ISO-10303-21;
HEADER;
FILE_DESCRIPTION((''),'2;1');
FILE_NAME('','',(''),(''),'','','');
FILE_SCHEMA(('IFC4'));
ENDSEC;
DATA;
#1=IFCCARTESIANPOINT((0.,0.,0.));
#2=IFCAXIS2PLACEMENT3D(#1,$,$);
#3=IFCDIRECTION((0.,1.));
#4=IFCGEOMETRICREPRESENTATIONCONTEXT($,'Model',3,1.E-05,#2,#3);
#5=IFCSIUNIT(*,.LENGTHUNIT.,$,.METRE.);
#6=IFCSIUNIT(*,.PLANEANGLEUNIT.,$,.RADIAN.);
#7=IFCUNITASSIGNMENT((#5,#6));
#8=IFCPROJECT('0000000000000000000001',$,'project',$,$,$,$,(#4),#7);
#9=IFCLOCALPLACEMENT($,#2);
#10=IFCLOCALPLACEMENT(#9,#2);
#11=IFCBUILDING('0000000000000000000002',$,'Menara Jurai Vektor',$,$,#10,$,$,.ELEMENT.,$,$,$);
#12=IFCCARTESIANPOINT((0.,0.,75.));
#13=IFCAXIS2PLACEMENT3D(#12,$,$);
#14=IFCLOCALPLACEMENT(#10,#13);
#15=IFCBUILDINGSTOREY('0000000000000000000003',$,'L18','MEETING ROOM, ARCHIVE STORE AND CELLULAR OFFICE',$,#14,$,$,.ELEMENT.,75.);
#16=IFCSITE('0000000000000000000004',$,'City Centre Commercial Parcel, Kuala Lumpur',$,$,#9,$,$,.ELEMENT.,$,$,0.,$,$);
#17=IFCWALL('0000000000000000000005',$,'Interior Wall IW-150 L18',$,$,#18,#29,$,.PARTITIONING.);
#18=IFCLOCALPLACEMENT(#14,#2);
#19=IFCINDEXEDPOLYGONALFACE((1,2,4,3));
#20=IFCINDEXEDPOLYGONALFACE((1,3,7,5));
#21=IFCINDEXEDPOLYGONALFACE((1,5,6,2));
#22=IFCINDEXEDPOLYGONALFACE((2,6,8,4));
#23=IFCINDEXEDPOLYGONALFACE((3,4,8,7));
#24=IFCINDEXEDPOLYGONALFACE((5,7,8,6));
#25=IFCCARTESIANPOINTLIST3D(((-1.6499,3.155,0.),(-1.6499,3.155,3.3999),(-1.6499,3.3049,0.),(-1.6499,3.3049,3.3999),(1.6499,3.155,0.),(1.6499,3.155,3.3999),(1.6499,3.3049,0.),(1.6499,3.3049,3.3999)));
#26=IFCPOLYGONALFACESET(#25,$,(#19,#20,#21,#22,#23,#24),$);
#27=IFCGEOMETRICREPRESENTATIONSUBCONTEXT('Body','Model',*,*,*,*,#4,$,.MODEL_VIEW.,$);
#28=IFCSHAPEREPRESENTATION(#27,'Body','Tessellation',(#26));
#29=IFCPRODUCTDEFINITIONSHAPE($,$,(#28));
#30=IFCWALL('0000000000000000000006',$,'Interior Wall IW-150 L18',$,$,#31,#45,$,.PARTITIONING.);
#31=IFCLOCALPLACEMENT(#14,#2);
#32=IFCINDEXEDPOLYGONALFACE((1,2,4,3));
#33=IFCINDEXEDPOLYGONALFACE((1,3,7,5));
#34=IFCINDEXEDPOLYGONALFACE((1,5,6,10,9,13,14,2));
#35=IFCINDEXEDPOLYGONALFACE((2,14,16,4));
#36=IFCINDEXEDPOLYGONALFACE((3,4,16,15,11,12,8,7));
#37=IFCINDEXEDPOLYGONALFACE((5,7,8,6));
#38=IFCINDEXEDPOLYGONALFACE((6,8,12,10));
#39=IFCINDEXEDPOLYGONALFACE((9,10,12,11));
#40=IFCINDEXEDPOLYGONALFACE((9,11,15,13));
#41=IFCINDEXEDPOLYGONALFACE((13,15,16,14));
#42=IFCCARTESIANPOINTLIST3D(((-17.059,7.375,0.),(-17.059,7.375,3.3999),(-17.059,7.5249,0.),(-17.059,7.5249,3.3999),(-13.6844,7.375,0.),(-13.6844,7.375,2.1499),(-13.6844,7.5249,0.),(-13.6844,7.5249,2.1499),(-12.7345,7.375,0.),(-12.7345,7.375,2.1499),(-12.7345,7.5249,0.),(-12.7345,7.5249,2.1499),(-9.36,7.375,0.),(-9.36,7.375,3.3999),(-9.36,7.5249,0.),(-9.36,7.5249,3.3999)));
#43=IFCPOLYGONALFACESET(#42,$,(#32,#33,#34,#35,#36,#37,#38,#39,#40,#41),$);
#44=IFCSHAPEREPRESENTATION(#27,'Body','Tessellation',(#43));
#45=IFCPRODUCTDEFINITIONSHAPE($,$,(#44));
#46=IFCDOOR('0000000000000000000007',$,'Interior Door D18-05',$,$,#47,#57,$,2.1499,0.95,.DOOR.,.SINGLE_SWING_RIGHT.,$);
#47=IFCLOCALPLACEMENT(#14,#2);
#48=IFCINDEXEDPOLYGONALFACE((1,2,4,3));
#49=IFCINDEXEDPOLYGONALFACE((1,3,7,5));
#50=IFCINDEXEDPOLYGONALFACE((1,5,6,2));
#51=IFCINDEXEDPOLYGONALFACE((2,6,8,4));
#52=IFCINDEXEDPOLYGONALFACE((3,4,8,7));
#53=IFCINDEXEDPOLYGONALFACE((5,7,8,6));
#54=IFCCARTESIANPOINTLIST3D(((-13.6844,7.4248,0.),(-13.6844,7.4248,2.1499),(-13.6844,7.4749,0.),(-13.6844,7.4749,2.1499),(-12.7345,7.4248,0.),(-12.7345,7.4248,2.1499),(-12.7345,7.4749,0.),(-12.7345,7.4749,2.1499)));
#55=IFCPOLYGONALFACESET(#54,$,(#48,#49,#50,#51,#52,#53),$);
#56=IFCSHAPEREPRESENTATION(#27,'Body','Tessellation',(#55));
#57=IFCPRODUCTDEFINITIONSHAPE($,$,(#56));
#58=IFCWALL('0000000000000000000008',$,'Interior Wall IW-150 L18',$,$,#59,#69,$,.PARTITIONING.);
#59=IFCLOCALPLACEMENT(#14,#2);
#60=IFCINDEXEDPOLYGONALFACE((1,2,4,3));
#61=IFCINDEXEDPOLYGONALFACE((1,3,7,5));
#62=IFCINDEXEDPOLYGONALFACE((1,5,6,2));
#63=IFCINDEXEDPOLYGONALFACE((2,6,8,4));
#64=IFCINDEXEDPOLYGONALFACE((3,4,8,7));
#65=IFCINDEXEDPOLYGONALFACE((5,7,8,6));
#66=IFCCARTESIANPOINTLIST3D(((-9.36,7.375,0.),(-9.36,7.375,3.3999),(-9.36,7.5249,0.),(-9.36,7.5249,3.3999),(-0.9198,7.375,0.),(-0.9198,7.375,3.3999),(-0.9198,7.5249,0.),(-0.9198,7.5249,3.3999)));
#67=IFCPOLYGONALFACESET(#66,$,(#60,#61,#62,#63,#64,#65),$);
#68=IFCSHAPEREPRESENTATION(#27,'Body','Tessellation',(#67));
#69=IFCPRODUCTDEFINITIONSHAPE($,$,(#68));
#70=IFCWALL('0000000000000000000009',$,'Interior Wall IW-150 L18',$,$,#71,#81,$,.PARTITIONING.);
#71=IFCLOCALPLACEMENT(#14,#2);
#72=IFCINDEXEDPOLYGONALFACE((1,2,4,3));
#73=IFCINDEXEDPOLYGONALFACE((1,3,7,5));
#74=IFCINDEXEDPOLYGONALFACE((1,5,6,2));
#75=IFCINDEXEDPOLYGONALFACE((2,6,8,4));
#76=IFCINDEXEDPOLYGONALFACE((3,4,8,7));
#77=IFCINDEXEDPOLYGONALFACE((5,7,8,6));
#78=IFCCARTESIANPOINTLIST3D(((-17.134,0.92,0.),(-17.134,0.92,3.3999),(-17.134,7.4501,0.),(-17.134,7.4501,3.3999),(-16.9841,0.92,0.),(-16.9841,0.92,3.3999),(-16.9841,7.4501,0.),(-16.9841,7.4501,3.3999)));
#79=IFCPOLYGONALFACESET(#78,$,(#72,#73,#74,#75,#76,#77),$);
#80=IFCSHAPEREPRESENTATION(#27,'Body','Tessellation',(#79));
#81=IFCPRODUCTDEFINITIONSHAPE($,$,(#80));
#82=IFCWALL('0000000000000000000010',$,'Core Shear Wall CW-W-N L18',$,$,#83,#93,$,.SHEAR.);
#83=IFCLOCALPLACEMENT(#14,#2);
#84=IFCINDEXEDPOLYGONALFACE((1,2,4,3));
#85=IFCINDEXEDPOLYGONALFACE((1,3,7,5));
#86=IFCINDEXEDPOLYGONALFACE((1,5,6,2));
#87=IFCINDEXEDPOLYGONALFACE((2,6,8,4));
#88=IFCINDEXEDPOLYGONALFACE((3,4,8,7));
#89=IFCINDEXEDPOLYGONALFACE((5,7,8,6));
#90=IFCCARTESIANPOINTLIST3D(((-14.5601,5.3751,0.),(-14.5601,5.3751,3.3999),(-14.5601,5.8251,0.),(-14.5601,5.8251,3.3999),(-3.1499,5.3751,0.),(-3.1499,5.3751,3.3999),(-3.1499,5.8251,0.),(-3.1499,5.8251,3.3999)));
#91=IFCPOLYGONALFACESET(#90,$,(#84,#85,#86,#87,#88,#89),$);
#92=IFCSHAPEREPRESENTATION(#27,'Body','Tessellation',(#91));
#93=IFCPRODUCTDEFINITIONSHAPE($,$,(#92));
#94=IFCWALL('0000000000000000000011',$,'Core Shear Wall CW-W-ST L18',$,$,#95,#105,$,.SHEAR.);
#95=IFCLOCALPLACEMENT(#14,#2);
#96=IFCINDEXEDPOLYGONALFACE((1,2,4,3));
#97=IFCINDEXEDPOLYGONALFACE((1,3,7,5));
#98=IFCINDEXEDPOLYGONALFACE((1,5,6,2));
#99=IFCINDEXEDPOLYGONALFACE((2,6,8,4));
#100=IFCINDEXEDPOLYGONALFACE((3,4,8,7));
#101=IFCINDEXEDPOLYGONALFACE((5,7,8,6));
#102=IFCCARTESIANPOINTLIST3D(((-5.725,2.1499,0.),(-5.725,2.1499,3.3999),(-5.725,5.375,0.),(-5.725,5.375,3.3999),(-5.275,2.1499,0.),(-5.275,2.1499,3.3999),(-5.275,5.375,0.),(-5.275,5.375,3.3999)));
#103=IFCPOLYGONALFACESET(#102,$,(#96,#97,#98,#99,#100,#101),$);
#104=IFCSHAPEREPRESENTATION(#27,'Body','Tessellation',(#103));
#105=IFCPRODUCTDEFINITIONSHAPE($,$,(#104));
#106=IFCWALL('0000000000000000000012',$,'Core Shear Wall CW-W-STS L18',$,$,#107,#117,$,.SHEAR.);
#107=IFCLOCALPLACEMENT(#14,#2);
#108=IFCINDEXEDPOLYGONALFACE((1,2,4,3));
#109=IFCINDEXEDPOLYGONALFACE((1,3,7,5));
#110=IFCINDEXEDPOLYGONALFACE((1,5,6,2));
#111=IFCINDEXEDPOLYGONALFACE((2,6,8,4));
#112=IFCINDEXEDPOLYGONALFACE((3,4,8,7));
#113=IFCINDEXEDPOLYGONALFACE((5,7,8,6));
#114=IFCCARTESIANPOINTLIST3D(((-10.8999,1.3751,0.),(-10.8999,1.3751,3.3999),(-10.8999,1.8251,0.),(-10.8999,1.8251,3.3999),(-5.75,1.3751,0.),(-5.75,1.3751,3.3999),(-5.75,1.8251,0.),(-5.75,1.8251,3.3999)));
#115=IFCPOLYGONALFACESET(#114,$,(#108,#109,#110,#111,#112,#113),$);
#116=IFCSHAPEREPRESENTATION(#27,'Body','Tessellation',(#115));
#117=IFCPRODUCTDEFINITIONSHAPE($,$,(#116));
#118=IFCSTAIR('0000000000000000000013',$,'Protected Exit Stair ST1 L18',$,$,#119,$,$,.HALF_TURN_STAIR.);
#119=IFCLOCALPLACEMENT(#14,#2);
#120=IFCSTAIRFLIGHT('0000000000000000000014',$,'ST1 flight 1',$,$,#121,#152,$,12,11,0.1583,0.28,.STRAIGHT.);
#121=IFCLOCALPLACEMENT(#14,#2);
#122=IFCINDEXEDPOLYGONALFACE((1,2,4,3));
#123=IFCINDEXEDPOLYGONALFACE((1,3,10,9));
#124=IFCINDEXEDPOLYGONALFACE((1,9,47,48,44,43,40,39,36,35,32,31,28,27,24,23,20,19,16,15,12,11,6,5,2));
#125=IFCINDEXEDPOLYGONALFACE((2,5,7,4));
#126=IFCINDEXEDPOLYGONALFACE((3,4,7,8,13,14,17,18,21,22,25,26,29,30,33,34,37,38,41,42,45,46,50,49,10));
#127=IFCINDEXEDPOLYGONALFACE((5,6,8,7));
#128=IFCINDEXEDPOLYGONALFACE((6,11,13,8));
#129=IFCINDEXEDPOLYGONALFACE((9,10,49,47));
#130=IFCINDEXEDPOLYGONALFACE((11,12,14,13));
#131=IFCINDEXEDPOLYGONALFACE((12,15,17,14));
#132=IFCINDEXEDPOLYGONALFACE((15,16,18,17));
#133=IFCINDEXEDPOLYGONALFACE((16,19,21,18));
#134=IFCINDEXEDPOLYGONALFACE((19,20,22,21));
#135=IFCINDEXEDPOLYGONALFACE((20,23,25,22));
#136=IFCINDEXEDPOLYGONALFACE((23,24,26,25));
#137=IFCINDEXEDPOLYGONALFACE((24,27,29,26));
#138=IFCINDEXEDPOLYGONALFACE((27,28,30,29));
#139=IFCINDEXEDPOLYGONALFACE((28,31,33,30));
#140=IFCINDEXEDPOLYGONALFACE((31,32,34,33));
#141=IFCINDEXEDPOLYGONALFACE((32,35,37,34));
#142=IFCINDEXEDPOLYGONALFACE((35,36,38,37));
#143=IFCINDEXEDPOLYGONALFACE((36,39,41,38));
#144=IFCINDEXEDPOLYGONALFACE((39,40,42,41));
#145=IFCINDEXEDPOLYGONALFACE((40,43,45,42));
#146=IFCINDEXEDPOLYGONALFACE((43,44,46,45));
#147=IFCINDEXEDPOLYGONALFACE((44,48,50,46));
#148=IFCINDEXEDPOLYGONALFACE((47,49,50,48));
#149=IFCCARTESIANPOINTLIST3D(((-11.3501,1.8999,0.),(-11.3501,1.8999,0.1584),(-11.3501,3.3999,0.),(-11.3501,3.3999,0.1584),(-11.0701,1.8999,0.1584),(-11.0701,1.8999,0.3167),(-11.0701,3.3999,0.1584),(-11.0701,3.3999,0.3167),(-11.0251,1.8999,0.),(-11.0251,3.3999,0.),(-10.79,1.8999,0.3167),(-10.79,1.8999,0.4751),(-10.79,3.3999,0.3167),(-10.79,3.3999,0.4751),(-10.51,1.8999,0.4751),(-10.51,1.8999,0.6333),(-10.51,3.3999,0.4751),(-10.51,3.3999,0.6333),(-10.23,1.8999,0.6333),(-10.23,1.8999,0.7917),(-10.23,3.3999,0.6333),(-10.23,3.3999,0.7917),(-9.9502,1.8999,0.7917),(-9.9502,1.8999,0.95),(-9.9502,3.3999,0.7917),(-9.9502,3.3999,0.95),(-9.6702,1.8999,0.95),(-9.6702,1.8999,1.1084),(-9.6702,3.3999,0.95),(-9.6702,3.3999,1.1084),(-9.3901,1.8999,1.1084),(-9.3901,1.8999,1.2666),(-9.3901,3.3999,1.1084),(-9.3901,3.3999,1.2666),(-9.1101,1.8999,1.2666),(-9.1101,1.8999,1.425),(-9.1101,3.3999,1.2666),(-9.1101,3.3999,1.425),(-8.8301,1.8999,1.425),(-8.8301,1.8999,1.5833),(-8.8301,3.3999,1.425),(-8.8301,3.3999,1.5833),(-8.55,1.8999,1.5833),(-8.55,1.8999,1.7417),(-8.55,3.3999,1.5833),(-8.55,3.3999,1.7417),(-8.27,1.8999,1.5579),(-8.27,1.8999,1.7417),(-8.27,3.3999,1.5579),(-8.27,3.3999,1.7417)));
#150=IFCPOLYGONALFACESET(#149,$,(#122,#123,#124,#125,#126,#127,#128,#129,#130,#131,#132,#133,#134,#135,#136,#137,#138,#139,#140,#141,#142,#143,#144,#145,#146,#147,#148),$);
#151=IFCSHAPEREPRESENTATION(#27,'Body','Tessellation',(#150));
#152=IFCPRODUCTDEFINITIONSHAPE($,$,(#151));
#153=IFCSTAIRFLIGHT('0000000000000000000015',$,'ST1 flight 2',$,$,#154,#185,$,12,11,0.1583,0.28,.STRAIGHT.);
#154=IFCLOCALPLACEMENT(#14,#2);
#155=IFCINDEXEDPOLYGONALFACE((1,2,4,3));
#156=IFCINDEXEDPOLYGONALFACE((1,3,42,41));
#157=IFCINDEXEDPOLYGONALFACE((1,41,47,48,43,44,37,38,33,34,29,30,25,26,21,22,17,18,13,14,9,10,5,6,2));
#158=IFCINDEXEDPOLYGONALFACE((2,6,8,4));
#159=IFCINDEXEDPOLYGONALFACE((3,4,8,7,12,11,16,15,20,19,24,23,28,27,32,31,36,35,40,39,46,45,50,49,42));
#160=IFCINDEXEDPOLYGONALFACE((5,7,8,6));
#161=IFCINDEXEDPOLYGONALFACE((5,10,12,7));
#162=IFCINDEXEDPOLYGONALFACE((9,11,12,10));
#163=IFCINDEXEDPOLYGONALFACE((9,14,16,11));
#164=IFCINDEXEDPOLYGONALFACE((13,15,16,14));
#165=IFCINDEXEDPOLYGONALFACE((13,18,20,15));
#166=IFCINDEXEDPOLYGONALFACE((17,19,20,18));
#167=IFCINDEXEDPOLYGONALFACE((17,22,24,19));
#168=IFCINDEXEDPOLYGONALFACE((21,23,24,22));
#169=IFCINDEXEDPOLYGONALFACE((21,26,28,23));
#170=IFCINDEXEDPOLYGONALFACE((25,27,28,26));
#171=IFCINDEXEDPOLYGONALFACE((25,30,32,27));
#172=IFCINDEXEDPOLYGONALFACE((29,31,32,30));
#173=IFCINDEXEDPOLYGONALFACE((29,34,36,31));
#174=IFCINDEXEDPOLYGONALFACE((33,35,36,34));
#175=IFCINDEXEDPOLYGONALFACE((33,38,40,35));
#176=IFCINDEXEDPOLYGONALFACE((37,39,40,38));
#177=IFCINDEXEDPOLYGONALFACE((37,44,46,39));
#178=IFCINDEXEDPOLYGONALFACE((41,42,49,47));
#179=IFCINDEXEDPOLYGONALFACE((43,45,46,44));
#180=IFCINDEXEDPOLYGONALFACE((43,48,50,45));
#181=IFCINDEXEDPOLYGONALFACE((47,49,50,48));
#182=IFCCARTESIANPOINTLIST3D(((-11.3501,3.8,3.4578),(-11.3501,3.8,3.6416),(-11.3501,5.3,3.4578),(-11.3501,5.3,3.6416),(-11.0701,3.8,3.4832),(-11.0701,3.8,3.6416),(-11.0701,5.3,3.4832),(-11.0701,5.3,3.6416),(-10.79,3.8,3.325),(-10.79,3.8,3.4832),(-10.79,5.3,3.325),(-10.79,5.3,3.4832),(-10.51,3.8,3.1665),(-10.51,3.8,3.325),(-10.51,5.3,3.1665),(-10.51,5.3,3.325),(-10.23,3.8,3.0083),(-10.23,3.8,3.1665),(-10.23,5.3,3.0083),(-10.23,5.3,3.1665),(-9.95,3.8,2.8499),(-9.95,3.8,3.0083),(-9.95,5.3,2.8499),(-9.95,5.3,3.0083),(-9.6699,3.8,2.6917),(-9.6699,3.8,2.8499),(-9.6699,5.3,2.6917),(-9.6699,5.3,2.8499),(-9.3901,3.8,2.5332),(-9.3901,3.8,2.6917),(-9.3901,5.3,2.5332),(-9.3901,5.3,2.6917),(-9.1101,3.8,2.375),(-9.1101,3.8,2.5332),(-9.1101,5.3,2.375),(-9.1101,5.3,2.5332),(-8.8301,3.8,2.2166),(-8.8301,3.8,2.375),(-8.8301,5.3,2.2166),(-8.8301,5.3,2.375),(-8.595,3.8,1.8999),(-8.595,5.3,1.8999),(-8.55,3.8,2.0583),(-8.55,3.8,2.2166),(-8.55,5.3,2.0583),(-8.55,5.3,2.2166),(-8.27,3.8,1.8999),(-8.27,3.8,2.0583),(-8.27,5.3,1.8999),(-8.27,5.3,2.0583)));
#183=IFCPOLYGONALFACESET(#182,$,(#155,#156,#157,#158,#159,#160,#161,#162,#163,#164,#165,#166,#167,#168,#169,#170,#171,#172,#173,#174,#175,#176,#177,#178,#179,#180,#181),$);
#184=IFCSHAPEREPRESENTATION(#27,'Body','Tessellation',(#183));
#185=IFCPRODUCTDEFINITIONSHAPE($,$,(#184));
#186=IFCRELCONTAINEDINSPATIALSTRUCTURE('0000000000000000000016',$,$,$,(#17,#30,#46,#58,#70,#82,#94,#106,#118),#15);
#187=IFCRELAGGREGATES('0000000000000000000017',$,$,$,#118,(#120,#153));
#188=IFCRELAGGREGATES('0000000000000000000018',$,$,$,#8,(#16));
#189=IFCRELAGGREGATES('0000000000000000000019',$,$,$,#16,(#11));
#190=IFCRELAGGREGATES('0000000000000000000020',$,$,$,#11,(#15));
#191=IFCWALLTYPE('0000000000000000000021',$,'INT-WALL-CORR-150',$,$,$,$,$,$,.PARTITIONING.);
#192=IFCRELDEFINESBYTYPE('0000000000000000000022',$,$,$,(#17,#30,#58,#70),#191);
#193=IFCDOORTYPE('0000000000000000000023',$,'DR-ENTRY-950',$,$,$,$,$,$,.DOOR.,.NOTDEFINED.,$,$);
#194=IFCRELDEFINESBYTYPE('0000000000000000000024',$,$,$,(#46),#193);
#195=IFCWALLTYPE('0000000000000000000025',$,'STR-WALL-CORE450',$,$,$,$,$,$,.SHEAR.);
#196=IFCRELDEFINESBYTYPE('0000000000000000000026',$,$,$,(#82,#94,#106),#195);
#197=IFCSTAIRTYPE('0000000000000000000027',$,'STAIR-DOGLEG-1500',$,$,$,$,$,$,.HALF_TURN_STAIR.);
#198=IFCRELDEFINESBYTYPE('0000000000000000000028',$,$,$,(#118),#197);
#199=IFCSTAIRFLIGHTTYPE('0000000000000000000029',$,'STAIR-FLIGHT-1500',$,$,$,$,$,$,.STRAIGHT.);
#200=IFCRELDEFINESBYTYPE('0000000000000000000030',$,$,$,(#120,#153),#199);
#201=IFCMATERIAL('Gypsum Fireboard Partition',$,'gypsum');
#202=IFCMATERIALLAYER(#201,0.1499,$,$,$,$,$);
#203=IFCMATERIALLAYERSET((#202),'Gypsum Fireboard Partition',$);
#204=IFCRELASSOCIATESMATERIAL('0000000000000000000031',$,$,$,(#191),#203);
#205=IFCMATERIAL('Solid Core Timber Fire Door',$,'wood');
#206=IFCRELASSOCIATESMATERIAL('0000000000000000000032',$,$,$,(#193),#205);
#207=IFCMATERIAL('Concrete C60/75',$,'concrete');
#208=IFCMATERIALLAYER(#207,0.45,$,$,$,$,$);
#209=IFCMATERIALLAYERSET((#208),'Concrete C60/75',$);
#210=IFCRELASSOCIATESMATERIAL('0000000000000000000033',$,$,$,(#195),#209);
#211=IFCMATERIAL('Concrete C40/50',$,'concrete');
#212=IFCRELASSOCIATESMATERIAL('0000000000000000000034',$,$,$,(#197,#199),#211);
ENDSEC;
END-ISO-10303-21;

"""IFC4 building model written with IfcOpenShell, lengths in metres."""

from ifc_helpers import new_model, si_unit, direction, frame, frame_2d, origin, place, context, subcontext, project, spatial, polyline, rectangle, outline, extrude, material, layer, layer_set, type_object, element, fill, aggregate, save


model = new_model("IFC4")

# Units and contexts
model_context = context("Model", 3, precision=1e-05, world=origin(), true_north=direction((0.0, 1.0)))
body_context = subcontext(model_context, "Body", "Model", "MODEL_VIEW")
ifc_project = project(units=[si_unit("LENGTHUNIT", "METRE"), si_unit("PLANEANGLEUNIT", "RADIAN")], contexts=[model_context])

# Site, building, storey
site_placement = place(None, origin())
site = spatial("IfcSite", under=ifc_project, at=site_placement, Name="City Centre Commercial Parcel, Kuala Lumpur", CompositionType="ELEMENT", RefElevation=0.0)
building_placement = place(site_placement, origin())
building = spatial("IfcBuilding", under=site, at=building_placement, Name="Menara Jurai Vektor", CompositionType="ELEMENT")
storey_placement = place(building_placement, frame((0.0, 0.0, 75.0)))
storey = spatial("IfcBuildingStorey", under=building, at=storey_placement, Name="L18", Description="MEETING ROOM, ARCHIVE STORE AND CELLULAR OFFICE", CompositionType="ELEMENT", Elevation=75.0)

# Shared definitions
ifc_material_1 = material(Name="Concrete C60/75", Category="concrete")

# Shared definitions
ifc_material_2 = material(Name="Concrete C40/50", Category="concrete")

# Wall
ifc_material_3 = material(Name="Gypsum Fireboard Partition", Category="gypsum")
ifc_layer_1 = layer(ifc_material_3, 0.1499)
ifc_layer_set_1 = layer_set([ifc_layer_1], Name="Gypsum Fireboard Partition")
wall_type_1 = type_object("IfcWallType", Name="INT-WALL-CORR-150", PredefinedType="PARTITIONING", material=ifc_layer_set_1)
wall_1_placement = place(storey_placement, frame((-1.6499, 3.23, 0.0), z_axis=(0.0, 0.0, 1.0), x_axis=(1.0, 0.0, 0.0)))
element("IfcWall", 1, at=wall_1_placement, inside=storey, type_object=wall_type_1, Name="Interior Wall IW-150 L18", PredefinedType="PARTITIONING", context=body_context, shape_type="SweptSolid", body=[
    extrude(rectangle(XDim=3.2998, YDim=0.1499, at=frame_2d((1.6499, 0.0))), origin(), (0.0, 0.0, 1.0), 3.3999),
])

# Wall, opening, door
wall_2_placement = place(storey_placement, frame((-17.0591, 7.45, 0.0), z_axis=(0.0, 0.0, 1.0), x_axis=(1.0, 0.0, 0.0)))
wall_2 = element("IfcWall", 2, at=wall_2_placement, inside=storey, type_object=wall_type_1, Name="Interior Wall IW-150 L18", PredefinedType="PARTITIONING", context=body_context, shape_type="SweptSolid", body=[
    extrude(rectangle(XDim=7.699, YDim=0.1499, at=frame_2d((3.8496, 0.0))), origin(), (0.0, 0.0, 1.0), 3.3999),
])
opening_1_placement = place(wall_2_placement, frame((3.3745, 0.0, 0.0)))
opening_1 = element("IfcOpeningElement", 3, at=opening_1_placement, cuts=wall_2, PredefinedType="OPENING", context=body_context, shape_type="SweptSolid", body=[
    extrude(rectangle(XDim=0.95, YDim=2.1499, at=frame_2d((0.4751, 1.075))), frame((0.0, 0.085, 0.0), z_axis=(0.0, -1.0, 0.0), x_axis=(1.0, 0.0, 0.0)), (0.0, 0.0, 1.0), 0.1699),
])
ifc_material_4 = material(Name="Solid Core Timber Fire Door", Category="wood")
door_type_1 = type_object("IfcDoorType", Name="DR-ENTRY-950", OperationType="NOTDEFINED", PredefinedType="DOOR", material=ifc_material_4)
door_1_placement = place(opening_1_placement, origin())
door_1 = element("IfcDoor", 4, at=door_1_placement, inside=storey, type_object=door_type_1, Name="Interior Door D18-05", OperationType="SINGLE_SWING_RIGHT", OverallHeight=2.1499, OverallWidth=0.95, PredefinedType="DOOR", context=body_context, shape_type="SweptSolid", body=[
    extrude(rectangle(XDim=0.95, YDim=2.1499, at=frame_2d((0.4751, 1.075))), frame((0.0, 0.0249, 0.0), z_axis=(0.0, -1.0, 0.0), x_axis=(1.0, 0.0, 0.0)), (0.0, 0.0, 1.0), 0.05),
])
fill(opening_1, door_1)

# Walls
wall_3_placement = place(storey_placement, frame((-9.3601, 7.45, 0.0), z_axis=(0.0, 0.0, 1.0), x_axis=(1.0, 0.0, 0.0)))
element("IfcWall", 5, at=wall_3_placement, inside=storey, type_object=wall_type_1, Name="Interior Wall IW-150 L18", PredefinedType="PARTITIONING", context=body_context, shape_type="SweptSolid", body=[
    extrude(rectangle(XDim=8.4402, YDim=0.1499, at=frame_2d((4.2202, 0.0))), origin(), (0.0, 0.0, 1.0), 3.3999),
])
wall_4_placement = place(storey_placement, frame((-17.0591, 0.9199, 0.0), z_axis=(0.0, 0.0, 1.0), x_axis=(0.0, 1.0, 0.0)))
element("IfcWall", 6, at=wall_4_placement, inside=storey, type_object=wall_type_1, Name="Interior Wall IW-150 L18", PredefinedType="PARTITIONING", context=body_context, shape_type="SweptSolid", body=[
    extrude(rectangle(XDim=6.53, YDim=0.1499, at=frame_2d((3.2651, 0.0))), origin(), (0.0, 0.0, 1.0), 3.3999),
])
ifc_layer_2 = layer(ifc_material_1, 0.45)
ifc_layer_set_2 = layer_set([ifc_layer_2], Name="Concrete C60/75")
wall_type_2 = type_object("IfcWallType", Name="STR-WALL-CORE450", PredefinedType="SHEAR", material=ifc_layer_set_2)
wall_5_placement = place(storey_placement, frame((-14.5601, 5.6001, 0.0), z_axis=(0.0, 0.0, 1.0), x_axis=(1.0, 0.0, 0.0)))
element("IfcWall", 7, at=wall_5_placement, inside=storey, type_object=wall_type_2, Name="Core Shear Wall CW-W-N L18", PredefinedType="SHEAR", context=body_context, shape_type="SweptSolid", body=[
    extrude(rectangle(XDim=11.4102, YDim=0.45, at=frame_2d((5.7051, 0.0))), origin(), (0.0, 0.0, 1.0), 3.3999),
])
wall_6_placement = place(storey_placement, frame((-5.5, 2.1499, 0.0), z_axis=(0.0, 0.0, 1.0), x_axis=(0.0, 1.0, 0.0)))
element("IfcWall", 8, at=wall_6_placement, inside=storey, type_object=wall_type_2, Name="Core Shear Wall CW-W-ST L18", PredefinedType="SHEAR", context=body_context, shape_type="SweptSolid", body=[
    extrude(rectangle(XDim=3.2251, YDim=0.45, at=frame_2d((1.6125, 0.0))), origin(), (0.0, 0.0, 1.0), 3.3999),
])
wall_7_placement = place(storey_placement, frame((-10.8999, 1.6001, 0.0), z_axis=(0.0, 0.0, 1.0), x_axis=(1.0, 0.0, 0.0)))
element("IfcWall", 9, at=wall_7_placement, inside=storey, type_object=wall_type_2, Name="Core Shear Wall CW-W-STS L18", PredefinedType="SHEAR", context=body_context, shape_type="SweptSolid", body=[
    extrude(rectangle(XDim=5.1499, YDim=0.45, at=frame_2d((2.575, 0.0))), origin(), (0.0, 0.0, 1.0), 3.3999),
])

# Stair, stair flights
stair_type = type_object("IfcStairType", Name="STAIR-DOGLEG-1500", PredefinedType="HALF_TURN_STAIR", material=ifc_material_2)
stair_placement = place(storey_placement, origin())
stair = element("IfcStair", 10, at=stair_placement, inside=storey, type_object=stair_type, Name="Protected Exit Stair ST1 L18", PredefinedType="HALF_TURN_STAIR")
stair_flight_type = type_object("IfcStairFlightType", Name="STAIR-FLIGHT-1500", PredefinedType="STRAIGHT", material=ifc_material_2)
stair_flight_1_placement = place(storey_placement, frame((-11.3501, 2.6499, 0.0), z_axis=(0.0, 0.0, 1.0), x_axis=(1.0, 0.0, 0.0)))
stair_flight_1 = element("IfcStairFlight", 11, at=stair_flight_1_placement, type_object=stair_flight_type, Name="ST1 flight 1", NumberOfRisers=12, NumberOfTreads=11, PredefinedType="STRAIGHT", RiserHeight=0.1583, TreadLength=0.28, context=body_context, shape_type="SweptSolid", body=[
    extrude(outline(polyline([(0.0, 0.0), (0.0, 0.1584), (0.28, 0.1584), (0.28, 0.3167), (0.5601, 0.3167), (0.5601, 0.4751), (0.8401, 0.4751), (0.8401, 0.6333), (1.1201, 0.6333), (1.1201, 0.7917), (1.3999, 0.7917), (1.3999, 0.95), (1.6799, 0.95), (1.6799, 1.1084), (1.96, 1.1084), (1.96, 1.2666), (2.24, 1.2666), (2.24, 1.425), (2.52, 1.425), (2.52, 1.5833), (2.8, 1.5833), (2.8, 1.7417), (3.0801, 1.7417), (3.0801, 1.8999), (3.0801, 1.5579), (0.325, 0.0), (0.0, 0.0)])), frame((0.0, 0.75, 0.0), z_axis=(0.0, -1.0, 0.0), x_axis=(1.0, 0.0, 0.0)), (0.0, 0.0, 1.0), 1.5),
])
stair_flight_2_placement = place(storey_placement, frame((-8.27, 4.55, 1.8999), z_axis=(0.0, 0.0, 1.0), x_axis=(-1.0, 0.0, 0.0)))
stair_flight_2 = element("IfcStairFlight", 12, at=stair_flight_2_placement, type_object=stair_flight_type, Name="ST1 flight 2", NumberOfRisers=12, NumberOfTreads=11, PredefinedType="STRAIGHT", RiserHeight=0.1583, TreadLength=0.28, context=body_context, shape_type="SweptSolid", body=[
    extrude(outline(polyline([(0.0, 0.0), (0.0, 0.1584), (0.28, 0.1584), (0.28, 0.3167), (0.5601, 0.3167), (0.5601, 0.4751), (0.8401, 0.4751), (0.8401, 0.6333), (1.1201, 0.6333), (1.1201, 0.7917), (1.3999, 0.7917), (1.3999, 0.95), (1.6799, 0.95), (1.6799, 1.1084), (1.96, 1.1084), (1.96, 1.2666), (2.24, 1.2666), (2.24, 1.425), (2.52, 1.425), (2.52, 1.5833), (2.8, 1.5833), (2.8, 1.7417), (3.0801, 1.7417), (3.0801, 1.8999), (3.0801, 1.5579), (0.325, 0.0), (0.0, 0.0)])), frame((0.0, 0.75, 0.0), z_axis=(0.0, -1.0, 0.0), x_axis=(1.0, 0.0, 0.0)), (0.0, 0.0, 1.0), 1.5),
])
aggregate(stair, [stair_flight_1, stair_flight_2])

save(model, "model.ifc")
